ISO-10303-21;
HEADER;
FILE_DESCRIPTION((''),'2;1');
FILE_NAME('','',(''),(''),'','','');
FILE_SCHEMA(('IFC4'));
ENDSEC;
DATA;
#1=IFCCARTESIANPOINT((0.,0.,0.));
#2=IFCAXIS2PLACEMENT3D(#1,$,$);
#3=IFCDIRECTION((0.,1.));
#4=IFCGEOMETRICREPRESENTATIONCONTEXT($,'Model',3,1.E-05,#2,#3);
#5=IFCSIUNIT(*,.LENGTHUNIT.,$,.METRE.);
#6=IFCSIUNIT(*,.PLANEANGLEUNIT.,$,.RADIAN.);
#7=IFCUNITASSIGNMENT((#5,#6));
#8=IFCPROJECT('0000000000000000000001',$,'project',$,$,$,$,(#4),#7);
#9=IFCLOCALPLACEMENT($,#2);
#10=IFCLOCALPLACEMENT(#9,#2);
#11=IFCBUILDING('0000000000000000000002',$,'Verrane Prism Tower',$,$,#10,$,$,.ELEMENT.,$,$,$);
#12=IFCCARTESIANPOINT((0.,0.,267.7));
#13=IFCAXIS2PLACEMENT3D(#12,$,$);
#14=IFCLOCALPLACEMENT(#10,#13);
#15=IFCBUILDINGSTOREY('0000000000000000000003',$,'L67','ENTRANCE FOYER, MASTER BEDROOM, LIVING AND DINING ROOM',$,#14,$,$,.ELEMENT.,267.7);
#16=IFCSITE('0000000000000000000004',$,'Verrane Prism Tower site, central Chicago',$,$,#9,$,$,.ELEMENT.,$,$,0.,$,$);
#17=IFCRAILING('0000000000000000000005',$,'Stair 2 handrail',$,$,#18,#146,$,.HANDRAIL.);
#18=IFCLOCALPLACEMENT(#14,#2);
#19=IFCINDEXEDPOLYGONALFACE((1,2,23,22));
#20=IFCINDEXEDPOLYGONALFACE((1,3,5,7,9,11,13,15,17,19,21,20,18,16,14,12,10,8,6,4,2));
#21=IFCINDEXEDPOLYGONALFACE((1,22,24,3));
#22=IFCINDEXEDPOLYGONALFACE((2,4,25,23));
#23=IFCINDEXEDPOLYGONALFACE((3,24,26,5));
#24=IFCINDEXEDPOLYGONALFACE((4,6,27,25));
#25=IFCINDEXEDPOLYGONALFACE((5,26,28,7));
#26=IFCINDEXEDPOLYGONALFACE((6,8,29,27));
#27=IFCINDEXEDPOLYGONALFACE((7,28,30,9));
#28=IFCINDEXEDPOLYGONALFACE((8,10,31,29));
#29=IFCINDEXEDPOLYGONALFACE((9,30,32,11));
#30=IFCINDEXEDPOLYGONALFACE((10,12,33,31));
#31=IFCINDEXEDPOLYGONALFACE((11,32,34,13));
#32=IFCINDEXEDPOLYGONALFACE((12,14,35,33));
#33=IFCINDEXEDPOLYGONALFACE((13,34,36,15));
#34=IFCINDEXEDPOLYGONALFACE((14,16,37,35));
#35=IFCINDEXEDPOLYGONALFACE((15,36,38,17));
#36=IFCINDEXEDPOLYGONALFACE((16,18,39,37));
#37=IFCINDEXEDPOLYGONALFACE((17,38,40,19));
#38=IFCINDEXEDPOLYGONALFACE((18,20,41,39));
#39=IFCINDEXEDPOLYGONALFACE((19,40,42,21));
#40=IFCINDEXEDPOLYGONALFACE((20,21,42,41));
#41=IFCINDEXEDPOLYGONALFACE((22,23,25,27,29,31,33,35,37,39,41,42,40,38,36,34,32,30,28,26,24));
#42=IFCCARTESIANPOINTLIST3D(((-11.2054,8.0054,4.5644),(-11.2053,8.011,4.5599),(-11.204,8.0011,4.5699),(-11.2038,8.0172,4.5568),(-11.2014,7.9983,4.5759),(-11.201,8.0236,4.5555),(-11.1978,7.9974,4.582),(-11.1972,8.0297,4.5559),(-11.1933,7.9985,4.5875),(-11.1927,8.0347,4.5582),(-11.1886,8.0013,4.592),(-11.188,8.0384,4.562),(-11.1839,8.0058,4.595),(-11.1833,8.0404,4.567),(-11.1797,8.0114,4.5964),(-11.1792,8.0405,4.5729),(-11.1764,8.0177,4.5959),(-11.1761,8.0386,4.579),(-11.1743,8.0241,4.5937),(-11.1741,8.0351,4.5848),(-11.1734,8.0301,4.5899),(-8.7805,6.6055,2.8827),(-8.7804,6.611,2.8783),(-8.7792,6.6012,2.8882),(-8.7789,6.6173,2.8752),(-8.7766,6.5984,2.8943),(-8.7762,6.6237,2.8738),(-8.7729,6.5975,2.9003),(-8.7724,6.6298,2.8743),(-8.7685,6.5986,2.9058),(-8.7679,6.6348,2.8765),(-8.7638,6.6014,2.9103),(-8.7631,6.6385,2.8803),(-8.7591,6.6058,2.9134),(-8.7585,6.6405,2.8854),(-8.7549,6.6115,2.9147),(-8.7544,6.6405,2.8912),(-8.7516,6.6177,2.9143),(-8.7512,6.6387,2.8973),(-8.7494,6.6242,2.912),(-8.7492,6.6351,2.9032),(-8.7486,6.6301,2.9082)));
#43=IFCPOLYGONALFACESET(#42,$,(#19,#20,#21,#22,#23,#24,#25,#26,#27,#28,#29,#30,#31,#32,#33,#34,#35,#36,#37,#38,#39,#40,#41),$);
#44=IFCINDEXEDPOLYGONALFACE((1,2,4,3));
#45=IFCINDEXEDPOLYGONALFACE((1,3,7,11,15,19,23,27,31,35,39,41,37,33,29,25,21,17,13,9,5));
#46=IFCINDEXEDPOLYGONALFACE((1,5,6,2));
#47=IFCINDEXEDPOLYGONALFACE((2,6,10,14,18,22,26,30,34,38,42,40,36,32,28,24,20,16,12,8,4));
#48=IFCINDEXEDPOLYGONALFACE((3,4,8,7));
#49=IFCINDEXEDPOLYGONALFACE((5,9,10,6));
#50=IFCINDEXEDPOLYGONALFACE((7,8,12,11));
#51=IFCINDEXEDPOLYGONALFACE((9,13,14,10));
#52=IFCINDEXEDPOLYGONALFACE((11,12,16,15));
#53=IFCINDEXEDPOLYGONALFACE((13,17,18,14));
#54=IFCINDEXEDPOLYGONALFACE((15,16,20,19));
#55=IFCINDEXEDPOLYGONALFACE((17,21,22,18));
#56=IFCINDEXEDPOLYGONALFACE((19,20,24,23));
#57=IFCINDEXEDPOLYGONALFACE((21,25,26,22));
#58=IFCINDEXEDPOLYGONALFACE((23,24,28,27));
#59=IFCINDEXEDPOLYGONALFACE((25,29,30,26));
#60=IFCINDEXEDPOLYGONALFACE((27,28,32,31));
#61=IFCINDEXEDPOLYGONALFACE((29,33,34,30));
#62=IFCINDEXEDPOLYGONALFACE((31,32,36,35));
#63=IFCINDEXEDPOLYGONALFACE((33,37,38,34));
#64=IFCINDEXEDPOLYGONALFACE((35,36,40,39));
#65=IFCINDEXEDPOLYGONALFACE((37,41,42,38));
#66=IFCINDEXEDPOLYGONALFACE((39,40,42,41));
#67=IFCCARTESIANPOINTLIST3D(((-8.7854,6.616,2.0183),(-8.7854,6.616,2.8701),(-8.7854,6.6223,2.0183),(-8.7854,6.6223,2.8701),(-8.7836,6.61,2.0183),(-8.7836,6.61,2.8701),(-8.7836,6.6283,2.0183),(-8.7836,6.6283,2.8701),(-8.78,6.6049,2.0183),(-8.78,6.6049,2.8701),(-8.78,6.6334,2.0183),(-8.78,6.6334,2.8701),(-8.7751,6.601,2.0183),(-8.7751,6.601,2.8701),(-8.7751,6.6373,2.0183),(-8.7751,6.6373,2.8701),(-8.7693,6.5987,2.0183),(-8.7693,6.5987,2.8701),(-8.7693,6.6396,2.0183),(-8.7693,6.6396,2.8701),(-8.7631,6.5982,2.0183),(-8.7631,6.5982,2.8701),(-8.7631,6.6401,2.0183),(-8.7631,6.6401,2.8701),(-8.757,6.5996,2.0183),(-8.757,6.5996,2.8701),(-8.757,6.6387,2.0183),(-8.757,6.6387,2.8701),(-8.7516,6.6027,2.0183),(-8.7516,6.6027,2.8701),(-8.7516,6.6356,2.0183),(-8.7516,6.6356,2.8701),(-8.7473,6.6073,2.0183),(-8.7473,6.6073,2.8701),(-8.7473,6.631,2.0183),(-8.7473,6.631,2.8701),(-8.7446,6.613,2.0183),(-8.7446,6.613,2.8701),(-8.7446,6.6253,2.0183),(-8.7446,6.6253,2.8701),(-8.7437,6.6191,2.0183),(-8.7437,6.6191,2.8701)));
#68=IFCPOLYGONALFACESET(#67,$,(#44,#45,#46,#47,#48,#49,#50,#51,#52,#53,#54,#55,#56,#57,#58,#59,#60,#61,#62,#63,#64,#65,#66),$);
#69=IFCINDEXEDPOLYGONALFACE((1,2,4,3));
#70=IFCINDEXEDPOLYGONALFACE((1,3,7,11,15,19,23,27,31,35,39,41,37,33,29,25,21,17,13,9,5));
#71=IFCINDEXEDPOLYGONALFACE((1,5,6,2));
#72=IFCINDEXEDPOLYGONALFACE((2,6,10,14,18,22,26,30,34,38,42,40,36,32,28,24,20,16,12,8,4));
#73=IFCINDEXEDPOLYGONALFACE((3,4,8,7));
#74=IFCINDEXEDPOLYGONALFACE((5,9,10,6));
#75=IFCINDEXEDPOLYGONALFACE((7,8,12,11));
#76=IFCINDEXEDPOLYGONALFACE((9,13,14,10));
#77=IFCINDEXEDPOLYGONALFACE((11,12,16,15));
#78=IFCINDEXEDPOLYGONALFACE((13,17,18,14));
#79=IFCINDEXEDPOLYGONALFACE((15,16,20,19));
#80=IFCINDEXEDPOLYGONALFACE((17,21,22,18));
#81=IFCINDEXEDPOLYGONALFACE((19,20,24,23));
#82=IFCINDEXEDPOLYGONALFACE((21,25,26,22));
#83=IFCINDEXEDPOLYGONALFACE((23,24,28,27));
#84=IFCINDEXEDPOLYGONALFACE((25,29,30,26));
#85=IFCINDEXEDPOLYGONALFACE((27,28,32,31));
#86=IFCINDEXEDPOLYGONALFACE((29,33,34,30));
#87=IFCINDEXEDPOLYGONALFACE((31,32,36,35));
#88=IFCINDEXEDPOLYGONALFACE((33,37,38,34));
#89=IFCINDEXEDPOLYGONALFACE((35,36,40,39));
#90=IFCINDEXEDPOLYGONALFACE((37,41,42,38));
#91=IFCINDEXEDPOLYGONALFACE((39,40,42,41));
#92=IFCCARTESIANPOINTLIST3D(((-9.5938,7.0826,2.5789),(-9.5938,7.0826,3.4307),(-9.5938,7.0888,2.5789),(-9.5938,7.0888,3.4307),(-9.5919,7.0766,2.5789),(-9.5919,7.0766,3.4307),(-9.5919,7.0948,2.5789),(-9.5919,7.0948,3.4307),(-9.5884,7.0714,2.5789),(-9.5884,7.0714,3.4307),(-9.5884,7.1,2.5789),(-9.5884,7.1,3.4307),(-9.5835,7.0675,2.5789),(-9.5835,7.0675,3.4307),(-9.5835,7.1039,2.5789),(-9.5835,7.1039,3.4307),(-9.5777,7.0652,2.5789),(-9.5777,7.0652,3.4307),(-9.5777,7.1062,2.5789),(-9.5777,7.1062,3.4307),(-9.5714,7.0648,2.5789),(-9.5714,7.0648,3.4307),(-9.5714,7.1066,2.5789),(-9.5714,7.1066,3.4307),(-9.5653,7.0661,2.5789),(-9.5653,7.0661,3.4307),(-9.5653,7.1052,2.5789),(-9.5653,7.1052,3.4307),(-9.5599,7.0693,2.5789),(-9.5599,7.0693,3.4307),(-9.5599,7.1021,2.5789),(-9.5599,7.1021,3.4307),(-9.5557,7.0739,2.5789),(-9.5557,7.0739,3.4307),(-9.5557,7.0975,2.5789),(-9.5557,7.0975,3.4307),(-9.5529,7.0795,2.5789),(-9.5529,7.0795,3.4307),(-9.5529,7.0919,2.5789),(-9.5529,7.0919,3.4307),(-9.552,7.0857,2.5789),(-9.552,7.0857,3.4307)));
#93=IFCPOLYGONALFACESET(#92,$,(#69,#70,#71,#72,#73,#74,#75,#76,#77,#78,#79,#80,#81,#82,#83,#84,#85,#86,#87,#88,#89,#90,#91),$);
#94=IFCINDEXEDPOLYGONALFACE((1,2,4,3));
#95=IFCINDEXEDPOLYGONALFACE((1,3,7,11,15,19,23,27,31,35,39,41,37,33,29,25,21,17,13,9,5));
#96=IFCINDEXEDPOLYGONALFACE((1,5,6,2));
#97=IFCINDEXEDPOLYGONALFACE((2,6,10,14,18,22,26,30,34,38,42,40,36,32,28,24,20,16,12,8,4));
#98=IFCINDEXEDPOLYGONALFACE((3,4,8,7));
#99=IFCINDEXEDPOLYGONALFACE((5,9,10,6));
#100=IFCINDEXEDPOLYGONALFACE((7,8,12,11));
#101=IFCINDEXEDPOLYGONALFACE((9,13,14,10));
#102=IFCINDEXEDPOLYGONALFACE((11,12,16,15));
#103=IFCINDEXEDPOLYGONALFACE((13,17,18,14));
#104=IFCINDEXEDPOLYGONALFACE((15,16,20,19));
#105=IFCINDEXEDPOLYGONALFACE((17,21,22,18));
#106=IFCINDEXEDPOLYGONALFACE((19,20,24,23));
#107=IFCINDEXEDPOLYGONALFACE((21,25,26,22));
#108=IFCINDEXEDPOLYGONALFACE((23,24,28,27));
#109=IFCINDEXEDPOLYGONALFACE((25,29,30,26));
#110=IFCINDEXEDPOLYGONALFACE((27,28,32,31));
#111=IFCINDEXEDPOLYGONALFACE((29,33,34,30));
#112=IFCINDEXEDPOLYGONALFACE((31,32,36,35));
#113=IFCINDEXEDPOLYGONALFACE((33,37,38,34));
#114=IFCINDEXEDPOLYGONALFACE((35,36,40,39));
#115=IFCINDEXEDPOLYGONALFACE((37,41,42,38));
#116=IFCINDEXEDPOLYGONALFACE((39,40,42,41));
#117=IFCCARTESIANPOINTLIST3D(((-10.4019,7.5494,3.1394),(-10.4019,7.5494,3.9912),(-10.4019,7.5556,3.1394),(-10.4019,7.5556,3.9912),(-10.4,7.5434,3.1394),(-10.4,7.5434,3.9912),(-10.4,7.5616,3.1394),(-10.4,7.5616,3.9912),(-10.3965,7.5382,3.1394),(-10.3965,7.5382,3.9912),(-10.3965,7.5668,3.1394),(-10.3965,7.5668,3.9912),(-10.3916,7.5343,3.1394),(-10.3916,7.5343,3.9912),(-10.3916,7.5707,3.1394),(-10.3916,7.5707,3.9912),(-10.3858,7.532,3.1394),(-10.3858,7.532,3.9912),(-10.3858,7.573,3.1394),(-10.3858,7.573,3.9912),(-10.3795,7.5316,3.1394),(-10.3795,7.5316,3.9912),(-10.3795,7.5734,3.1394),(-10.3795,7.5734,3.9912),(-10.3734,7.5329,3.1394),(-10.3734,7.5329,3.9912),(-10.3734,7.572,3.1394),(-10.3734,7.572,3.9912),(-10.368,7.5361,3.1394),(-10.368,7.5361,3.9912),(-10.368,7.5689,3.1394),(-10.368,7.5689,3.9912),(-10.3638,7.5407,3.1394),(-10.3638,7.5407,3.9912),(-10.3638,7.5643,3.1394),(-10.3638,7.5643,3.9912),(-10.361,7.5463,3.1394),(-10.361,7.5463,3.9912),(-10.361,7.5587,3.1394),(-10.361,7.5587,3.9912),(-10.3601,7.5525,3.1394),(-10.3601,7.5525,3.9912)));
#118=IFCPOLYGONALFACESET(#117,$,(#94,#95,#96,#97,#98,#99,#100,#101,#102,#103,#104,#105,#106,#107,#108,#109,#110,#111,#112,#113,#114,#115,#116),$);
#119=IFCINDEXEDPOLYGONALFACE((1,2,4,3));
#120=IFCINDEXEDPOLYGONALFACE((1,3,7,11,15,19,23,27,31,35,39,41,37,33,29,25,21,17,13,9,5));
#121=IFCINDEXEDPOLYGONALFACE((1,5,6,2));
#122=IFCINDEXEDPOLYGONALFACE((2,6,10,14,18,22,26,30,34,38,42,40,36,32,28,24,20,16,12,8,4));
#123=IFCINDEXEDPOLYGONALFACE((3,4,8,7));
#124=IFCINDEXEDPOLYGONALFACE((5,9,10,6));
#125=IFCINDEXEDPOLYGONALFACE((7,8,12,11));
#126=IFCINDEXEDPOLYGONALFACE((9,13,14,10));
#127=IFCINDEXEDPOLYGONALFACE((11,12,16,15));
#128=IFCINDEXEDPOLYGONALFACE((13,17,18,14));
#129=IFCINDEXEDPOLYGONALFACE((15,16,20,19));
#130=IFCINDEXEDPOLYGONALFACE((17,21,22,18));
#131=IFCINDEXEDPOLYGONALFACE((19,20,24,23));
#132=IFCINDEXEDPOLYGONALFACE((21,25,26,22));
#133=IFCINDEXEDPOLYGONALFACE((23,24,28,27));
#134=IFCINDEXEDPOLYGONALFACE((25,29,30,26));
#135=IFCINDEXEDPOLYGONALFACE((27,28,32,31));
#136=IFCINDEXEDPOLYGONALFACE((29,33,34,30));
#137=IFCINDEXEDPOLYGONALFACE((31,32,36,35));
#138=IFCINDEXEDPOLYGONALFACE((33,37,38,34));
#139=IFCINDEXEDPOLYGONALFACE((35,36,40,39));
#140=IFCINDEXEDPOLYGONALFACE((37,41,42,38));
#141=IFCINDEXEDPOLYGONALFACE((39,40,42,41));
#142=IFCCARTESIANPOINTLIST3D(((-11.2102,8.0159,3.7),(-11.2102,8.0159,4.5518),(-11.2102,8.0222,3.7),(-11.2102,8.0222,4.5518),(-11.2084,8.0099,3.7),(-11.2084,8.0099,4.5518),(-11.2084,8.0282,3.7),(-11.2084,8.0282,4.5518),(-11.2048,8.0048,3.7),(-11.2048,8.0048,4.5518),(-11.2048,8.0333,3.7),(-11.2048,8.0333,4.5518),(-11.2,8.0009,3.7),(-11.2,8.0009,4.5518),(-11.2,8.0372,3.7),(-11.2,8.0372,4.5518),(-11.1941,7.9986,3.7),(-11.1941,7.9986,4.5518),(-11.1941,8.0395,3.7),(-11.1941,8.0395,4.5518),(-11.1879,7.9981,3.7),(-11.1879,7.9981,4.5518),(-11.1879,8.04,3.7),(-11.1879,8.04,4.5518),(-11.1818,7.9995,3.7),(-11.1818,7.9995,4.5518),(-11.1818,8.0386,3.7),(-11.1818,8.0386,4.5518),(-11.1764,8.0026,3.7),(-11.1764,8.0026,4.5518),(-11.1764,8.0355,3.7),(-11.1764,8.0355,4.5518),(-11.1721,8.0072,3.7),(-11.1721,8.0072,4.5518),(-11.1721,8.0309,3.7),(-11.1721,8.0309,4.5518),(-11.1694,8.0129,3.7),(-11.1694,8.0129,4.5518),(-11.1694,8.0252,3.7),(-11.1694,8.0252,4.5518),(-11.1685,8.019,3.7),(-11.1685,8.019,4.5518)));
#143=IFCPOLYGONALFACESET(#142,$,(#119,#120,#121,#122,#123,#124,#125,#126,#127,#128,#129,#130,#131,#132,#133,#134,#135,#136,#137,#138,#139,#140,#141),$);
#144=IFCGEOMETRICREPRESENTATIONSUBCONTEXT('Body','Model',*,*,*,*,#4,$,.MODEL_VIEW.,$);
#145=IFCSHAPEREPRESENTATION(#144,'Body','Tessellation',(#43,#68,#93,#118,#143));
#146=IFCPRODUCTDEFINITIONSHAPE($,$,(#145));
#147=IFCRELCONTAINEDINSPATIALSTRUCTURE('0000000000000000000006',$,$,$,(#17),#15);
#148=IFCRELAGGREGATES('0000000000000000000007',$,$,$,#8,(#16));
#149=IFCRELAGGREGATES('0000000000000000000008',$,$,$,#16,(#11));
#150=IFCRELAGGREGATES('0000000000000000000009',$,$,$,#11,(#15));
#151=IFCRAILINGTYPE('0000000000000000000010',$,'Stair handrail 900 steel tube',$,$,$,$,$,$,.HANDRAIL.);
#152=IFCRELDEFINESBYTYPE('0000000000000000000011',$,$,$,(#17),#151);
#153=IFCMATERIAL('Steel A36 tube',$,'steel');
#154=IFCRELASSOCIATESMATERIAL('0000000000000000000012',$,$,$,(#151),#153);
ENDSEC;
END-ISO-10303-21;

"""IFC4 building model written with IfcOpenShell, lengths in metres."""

from ifc_helpers import new_model, si_unit, direction, frame, origin, origin_2d, place, context, subcontext, project, spatial, circle, extrude, material, type_object, element, save


model = new_model("IFC4")

# Units and contexts
model_context = context("Model", 3, precision=1e-05, world=origin(), true_north=direction((0.0, 1.0)))
body_context = subcontext(model_context, "Body", "Model", "MODEL_VIEW")
ifc_project = project(units=[si_unit("LENGTHUNIT", "METRE"), si_unit("PLANEANGLEUNIT", "RADIAN")], contexts=[model_context])

# Site, building, storey
site_placement = place(None, origin())
site = spatial("IfcSite", under=ifc_project, at=site_placement, Name="Verrane Prism Tower site, central Chicago", CompositionType="ELEMENT", RefElevation=0.0)
building_placement = place(site_placement, origin())
building = spatial("IfcBuilding", under=site, at=building_placement, Name="Verrane Prism Tower", CompositionType="ELEMENT")
storey_placement = place(building_placement, frame((0.0, 0.0, 267.7)))
storey = spatial("IfcBuildingStorey", under=building, at=storey_placement, Name="L67", Description="ENTRANCE FOYER, MASTER BEDROOM, LIVING AND DINING ROOM", CompositionType="ELEMENT", Elevation=267.7)

# Railing
ifc_material_1 = material(Name="Steel A36 tube", Category="steel")
railing_type_1 = type_object("IfcRailingType", Name="Stair handrail 900 steel tube", PredefinedType="HANDRAIL", material=ifc_material_1)
railing_1_placement = place(storey_placement, frame((-8.7646, 6.6191, 2.0183)))
element("IfcRailing", 1, at=railing_1_placement, inside=storey, type_object=railing_type_1, Name="Stair 2 handrail", PredefinedType="HANDRAIL", context=body_context, shape_type="SweptSolid", body=[
    extrude(circle(Radius=0.0239, at=origin_2d()), frame((0.0, 0.0, 0.876), z_axis=(-0.742419, 0.428618, 0.514879), x_axis=(-0.499984, -0.866035, 0.0)), (0.0, 0.0, 1.0), 3.2661),
    extrude(circle(Radius=0.021, at=origin_2d()), origin(), (0.0, 0.0, 1.0), 0.8518),
    extrude(circle(Radius=0.021, at=origin_2d()), frame((-0.8083, 0.4666, 0.5605)), (0.0, 0.0, 1.0), 0.8518),
    extrude(circle(Radius=0.021, at=origin_2d()), frame((-1.6165, 0.9333, 1.1211)), (0.0, 0.0, 1.0), 0.8518),
    extrude(circle(Radius=0.021, at=origin_2d()), frame((-2.4248, 1.3999, 1.6816)), (0.0, 0.0, 1.0), 0.8518),
])

save(model, "model.ifc")
